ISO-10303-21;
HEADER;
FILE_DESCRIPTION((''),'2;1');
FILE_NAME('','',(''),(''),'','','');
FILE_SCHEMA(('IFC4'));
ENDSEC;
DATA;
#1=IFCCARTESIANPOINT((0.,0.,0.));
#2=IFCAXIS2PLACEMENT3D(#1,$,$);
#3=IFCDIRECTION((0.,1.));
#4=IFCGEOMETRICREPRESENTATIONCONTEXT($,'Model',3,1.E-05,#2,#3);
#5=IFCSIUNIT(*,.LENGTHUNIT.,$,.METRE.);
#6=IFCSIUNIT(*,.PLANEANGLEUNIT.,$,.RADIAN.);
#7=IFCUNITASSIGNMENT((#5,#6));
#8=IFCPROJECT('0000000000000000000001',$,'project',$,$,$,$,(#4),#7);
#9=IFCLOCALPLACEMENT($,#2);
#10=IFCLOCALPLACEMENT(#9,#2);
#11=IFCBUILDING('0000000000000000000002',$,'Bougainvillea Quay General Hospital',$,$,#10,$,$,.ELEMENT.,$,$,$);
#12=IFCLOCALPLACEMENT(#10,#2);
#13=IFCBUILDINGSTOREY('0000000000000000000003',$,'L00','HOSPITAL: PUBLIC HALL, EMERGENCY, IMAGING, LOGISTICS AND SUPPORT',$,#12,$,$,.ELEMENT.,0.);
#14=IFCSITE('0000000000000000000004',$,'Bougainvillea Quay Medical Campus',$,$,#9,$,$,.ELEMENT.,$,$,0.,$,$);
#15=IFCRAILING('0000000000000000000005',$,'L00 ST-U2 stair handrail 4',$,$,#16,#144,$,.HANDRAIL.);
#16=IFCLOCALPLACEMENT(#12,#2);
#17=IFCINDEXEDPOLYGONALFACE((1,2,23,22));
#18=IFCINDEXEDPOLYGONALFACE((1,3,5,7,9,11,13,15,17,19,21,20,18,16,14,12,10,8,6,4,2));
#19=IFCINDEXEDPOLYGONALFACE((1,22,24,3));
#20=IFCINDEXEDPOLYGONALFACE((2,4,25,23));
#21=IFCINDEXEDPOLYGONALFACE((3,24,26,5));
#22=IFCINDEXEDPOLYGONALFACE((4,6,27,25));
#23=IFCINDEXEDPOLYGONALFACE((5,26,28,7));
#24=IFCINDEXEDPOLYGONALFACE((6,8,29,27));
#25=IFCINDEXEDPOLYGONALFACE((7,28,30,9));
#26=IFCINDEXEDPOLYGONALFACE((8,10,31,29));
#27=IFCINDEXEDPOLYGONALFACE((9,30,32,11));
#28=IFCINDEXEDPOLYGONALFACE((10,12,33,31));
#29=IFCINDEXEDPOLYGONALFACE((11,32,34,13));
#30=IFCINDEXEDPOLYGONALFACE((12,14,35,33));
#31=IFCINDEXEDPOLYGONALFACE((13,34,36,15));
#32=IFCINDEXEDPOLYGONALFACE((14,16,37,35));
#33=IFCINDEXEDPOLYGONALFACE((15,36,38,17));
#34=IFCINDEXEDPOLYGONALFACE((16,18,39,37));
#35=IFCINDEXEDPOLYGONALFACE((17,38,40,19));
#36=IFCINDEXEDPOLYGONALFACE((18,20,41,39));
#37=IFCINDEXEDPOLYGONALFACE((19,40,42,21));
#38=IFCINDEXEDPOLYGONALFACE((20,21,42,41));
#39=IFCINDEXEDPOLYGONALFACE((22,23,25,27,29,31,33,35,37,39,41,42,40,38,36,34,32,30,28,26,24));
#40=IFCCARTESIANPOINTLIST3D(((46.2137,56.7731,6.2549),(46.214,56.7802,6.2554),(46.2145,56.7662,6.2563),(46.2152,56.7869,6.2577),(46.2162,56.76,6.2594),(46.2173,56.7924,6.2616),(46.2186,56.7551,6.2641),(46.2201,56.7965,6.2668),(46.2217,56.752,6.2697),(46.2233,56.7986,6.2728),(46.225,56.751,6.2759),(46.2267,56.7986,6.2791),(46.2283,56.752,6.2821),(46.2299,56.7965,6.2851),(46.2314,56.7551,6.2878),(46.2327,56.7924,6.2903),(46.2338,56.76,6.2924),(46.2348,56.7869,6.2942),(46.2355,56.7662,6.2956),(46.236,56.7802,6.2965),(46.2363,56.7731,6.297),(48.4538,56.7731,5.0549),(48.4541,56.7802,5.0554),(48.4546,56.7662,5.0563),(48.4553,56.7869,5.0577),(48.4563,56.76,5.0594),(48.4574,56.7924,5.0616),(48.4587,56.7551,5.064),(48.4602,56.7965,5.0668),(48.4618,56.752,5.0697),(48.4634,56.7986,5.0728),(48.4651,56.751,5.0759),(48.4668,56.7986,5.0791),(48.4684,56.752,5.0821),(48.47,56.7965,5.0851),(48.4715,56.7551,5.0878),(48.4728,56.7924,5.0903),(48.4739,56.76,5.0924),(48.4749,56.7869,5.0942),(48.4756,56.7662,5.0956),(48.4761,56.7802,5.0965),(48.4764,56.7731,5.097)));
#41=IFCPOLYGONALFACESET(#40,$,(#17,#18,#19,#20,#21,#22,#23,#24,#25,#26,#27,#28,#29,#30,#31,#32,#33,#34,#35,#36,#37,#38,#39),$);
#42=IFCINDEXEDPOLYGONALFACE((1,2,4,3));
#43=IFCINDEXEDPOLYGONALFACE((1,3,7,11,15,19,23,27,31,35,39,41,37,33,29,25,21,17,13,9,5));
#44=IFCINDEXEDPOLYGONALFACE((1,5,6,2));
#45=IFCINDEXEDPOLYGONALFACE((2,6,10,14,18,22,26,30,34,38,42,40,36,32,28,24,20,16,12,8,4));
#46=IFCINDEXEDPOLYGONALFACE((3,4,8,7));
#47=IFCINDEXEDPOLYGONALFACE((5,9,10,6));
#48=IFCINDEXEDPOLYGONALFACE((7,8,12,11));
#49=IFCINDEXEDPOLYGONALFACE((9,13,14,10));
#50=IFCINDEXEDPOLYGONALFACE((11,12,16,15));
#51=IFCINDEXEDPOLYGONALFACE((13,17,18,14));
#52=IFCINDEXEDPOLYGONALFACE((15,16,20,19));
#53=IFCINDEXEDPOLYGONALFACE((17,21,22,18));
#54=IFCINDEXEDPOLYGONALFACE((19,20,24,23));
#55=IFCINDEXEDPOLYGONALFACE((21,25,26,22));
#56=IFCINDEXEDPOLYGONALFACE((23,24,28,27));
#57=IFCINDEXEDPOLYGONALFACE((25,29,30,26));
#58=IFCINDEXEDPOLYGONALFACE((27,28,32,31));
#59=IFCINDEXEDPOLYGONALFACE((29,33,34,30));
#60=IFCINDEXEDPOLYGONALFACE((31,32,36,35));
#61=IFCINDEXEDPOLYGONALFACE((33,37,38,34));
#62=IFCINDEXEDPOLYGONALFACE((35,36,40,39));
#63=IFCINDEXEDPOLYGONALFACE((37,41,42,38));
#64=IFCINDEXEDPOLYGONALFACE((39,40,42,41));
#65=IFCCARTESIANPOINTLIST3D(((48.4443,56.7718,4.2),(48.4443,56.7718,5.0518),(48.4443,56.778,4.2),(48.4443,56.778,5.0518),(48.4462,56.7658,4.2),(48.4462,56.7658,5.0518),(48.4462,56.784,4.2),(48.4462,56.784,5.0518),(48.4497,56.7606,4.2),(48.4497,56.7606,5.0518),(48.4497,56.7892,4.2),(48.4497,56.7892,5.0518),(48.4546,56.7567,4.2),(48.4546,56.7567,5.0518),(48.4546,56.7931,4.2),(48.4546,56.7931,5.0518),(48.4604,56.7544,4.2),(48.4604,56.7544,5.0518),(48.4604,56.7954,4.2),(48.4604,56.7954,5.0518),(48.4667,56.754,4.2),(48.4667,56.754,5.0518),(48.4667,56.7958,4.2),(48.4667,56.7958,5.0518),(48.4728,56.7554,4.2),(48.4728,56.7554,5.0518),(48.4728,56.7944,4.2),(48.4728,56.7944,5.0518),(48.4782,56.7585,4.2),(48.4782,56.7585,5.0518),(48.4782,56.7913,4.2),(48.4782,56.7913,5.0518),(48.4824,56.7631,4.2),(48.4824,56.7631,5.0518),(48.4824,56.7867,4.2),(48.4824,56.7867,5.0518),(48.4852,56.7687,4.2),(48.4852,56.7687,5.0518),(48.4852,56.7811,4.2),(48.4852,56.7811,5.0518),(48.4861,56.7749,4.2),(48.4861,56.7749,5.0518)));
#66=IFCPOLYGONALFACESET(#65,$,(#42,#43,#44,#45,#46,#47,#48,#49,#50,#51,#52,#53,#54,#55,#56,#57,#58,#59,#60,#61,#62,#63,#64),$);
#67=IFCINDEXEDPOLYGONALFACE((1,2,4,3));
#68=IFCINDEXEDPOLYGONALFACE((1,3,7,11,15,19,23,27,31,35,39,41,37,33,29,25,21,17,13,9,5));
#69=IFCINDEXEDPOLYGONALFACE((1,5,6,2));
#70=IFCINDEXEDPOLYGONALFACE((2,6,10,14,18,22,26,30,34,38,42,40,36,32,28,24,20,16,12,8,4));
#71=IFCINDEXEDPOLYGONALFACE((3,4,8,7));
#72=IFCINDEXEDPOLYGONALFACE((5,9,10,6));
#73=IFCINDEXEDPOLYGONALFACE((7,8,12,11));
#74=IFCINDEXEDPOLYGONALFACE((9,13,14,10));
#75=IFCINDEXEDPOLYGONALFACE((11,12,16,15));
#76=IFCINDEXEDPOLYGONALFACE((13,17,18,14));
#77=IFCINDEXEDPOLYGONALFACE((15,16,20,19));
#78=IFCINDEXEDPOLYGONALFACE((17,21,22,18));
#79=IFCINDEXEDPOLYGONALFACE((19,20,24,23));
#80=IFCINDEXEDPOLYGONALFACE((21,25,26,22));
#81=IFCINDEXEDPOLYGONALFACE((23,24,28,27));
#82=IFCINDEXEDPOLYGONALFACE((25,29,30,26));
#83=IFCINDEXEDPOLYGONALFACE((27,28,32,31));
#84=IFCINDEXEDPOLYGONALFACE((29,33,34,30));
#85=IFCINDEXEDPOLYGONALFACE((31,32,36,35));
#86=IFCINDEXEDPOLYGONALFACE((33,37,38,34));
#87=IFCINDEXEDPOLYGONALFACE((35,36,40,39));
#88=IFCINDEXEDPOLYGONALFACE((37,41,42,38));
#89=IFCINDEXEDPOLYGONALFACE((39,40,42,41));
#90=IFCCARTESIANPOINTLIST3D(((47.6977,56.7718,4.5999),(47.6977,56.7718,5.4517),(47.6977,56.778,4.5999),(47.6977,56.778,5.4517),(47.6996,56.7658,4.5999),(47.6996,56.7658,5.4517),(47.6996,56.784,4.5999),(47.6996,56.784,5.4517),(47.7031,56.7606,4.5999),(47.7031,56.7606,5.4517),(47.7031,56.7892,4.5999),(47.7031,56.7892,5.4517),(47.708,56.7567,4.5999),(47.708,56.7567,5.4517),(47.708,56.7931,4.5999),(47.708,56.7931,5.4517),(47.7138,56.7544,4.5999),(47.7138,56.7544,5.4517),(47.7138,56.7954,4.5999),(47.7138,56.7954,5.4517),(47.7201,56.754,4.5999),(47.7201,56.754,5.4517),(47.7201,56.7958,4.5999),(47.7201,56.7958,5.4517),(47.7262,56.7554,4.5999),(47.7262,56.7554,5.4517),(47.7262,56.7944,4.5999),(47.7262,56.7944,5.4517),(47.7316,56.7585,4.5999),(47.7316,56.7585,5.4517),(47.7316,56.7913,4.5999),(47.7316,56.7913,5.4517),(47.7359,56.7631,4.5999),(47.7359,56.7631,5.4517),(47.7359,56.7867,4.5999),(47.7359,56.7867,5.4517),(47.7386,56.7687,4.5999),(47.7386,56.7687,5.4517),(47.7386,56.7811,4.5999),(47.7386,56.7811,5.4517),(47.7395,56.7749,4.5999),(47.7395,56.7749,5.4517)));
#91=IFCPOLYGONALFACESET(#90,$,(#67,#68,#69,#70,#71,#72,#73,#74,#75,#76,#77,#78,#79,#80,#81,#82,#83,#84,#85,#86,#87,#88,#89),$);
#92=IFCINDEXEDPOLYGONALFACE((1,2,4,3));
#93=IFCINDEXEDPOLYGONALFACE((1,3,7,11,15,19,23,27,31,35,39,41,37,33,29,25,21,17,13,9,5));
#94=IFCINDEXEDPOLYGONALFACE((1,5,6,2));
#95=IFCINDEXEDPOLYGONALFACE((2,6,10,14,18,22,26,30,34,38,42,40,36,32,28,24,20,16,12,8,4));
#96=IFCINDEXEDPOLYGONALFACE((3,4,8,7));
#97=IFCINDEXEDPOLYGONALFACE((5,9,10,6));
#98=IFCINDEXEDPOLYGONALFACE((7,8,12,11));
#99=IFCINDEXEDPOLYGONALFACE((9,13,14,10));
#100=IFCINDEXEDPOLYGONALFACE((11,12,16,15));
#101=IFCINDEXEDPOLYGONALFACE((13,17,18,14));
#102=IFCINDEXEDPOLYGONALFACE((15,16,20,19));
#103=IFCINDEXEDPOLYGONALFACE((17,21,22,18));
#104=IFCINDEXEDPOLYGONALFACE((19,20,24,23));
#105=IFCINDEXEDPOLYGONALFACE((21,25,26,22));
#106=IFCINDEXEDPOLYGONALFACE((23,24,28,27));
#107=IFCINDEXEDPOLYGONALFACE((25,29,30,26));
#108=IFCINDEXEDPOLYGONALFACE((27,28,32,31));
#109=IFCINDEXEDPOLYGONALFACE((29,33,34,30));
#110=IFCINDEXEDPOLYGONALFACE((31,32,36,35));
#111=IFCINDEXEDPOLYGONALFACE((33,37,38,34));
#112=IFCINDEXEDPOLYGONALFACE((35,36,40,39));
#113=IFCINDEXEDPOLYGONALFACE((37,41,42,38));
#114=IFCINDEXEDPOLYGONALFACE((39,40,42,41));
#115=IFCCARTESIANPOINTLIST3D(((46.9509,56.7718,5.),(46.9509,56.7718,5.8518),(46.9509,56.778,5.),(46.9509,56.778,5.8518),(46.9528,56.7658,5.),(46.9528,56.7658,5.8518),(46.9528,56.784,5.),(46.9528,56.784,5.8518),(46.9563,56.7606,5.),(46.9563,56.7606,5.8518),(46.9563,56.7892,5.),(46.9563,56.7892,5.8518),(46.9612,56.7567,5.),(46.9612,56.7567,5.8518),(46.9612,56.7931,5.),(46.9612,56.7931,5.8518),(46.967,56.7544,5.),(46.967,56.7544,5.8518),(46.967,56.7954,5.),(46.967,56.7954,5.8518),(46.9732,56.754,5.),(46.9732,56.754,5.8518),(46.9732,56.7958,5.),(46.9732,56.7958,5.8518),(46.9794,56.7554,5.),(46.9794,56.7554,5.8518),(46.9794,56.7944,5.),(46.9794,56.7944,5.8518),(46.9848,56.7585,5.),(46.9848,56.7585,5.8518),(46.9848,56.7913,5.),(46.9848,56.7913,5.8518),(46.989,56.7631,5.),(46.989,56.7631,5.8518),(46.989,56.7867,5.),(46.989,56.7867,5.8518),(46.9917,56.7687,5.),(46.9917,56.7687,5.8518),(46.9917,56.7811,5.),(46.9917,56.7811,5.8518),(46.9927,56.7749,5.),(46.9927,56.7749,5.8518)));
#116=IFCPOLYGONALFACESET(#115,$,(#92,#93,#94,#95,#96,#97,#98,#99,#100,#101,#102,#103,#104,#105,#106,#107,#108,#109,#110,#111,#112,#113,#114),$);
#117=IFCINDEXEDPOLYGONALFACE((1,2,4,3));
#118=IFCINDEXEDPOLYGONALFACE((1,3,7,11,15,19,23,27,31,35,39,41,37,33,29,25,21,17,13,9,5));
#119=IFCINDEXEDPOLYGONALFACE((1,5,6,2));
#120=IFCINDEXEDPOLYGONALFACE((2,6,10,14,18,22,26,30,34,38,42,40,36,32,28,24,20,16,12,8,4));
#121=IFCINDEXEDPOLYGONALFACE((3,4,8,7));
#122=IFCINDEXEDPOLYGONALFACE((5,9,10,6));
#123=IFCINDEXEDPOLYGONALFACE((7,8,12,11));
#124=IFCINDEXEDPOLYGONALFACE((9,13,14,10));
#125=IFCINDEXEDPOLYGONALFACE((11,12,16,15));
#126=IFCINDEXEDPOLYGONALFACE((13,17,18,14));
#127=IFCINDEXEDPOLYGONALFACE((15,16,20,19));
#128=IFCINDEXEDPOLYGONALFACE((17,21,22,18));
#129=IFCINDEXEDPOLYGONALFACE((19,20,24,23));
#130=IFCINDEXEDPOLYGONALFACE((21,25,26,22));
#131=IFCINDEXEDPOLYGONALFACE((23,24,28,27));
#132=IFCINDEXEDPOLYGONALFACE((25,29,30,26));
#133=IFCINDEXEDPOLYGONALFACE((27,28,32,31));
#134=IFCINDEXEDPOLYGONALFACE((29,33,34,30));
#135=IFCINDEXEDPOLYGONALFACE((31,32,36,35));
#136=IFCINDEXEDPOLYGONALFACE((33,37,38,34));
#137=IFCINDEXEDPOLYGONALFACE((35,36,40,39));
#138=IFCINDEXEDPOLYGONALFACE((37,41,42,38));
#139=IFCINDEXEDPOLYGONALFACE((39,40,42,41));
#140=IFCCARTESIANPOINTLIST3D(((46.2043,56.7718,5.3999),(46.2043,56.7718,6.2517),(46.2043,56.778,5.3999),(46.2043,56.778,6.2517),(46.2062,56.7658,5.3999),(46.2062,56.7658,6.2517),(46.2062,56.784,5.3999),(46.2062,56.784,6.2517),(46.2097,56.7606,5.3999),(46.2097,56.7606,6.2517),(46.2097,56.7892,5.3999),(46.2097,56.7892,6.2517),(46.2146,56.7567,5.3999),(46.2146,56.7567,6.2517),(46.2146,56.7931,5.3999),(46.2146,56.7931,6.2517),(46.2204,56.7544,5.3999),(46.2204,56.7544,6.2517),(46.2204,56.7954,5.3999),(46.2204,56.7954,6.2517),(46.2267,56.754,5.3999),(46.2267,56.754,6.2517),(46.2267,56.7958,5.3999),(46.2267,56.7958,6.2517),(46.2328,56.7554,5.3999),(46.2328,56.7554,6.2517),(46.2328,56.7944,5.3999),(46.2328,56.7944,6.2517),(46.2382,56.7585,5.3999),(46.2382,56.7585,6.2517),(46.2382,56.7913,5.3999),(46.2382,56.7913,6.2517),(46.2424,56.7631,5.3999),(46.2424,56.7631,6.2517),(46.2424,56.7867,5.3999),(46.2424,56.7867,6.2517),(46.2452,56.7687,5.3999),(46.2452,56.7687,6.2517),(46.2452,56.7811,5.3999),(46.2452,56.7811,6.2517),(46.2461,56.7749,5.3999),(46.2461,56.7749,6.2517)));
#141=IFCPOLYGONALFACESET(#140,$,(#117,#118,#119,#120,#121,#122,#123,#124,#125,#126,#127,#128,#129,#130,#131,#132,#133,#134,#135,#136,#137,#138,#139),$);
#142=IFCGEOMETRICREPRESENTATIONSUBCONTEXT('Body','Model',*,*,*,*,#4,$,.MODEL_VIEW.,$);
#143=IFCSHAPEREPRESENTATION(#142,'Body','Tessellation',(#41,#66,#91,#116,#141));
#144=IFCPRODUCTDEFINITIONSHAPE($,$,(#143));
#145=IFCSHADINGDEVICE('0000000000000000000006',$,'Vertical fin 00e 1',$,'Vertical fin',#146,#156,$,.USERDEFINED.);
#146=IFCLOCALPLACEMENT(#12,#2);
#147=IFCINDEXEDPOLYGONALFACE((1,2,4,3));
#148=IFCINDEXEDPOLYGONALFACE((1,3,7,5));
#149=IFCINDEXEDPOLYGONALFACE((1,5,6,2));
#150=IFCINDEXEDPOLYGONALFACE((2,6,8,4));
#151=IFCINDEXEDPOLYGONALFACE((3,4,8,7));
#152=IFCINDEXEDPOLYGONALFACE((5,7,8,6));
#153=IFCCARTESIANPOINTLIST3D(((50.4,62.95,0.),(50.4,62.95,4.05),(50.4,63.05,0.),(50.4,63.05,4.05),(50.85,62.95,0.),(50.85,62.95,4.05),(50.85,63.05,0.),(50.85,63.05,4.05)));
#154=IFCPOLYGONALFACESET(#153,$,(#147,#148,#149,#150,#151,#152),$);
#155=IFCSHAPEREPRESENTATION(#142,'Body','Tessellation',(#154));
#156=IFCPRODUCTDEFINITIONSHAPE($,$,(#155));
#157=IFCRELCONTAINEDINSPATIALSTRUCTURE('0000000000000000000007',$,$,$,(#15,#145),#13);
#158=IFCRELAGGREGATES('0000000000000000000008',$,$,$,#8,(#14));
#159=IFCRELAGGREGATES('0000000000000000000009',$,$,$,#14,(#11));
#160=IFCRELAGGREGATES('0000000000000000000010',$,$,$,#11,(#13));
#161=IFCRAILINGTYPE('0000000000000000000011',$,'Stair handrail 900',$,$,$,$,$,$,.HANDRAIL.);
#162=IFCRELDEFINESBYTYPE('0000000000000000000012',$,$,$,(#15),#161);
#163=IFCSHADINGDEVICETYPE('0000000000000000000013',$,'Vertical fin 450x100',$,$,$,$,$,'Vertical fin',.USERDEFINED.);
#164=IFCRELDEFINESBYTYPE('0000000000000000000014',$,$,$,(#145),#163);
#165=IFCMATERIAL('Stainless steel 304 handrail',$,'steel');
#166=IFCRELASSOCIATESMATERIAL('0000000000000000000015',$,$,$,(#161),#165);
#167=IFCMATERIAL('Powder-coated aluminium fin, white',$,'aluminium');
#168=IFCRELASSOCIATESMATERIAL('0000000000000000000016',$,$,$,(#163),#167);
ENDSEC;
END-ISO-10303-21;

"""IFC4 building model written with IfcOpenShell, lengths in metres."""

from ifc_helpers import new_model, si_unit, direction, frame, origin, origin_2d, place, context, subcontext, project, spatial, rectangle, circle, extrude, material, material_profile, profile_set, type_object, element, save


model = new_model("IFC4")

# Units and contexts
model_context = context("Model", 3, precision=1e-05, world=origin(), true_north=direction((0.0, 1.0)))
body_context = subcontext(model_context, "Body", "Model", "MODEL_VIEW")
ifc_project = project(units=[si_unit("LENGTHUNIT", "METRE"), si_unit("PLANEANGLEUNIT", "RADIAN")], contexts=[model_context])

# Site, building, storey
site_placement = place(None, origin())
site = spatial("IfcSite", under=ifc_project, at=site_placement, Name="Bougainvillea Quay Medical Campus", CompositionType="ELEMENT", RefElevation=0.0)
building_placement = place(site_placement, origin())
building = spatial("IfcBuilding", under=site, at=building_placement, Name="Bougainvillea Quay General Hospital", CompositionType="ELEMENT")
storey_placement = place(building_placement, origin())
storey = spatial("IfcBuildingStorey", under=building, at=storey_placement, Name="L00", Description="HOSPITAL: PUBLIC HALL, EMERGENCY, IMAGING, LOGISTICS AND SUPPORT", CompositionType="ELEMENT", Elevation=0.0)

# Railing
ifc_material_1 = material(Name="Stainless steel 304 handrail", Category="steel")
railing_type_1 = type_object("IfcRailingType", Name="Stair handrail 900", PredefinedType="HANDRAIL", material=ifc_material_1)
for number, where, name in (
    (1, (48.4651, 56.7749, 4.2), "L00 ST-U2 stair handrail 4"),
):
    element("IfcRailing", number, at=place(storey_placement, frame(where)), inside=storey, type_object=railing_type_1, Name=name, PredefinedType="HANDRAIL", context=body_context, shape_type="SweptSolid", body=[
        extrude(circle(Radius=0.0239, at=origin_2d()), frame((0.0, 0.0, 0.876), z_axis=(-0.881487, 0.0, 0.472208), x_axis=(0.0, -1.0, 0.0)), (0.0, 0.0, 1.0), 2.5413),
        extrude(circle(Radius=0.021, at=origin_2d()), origin(), (0.0, 0.0, 1.0), 0.8518),
        extrude(circle(Radius=0.021, at=origin_2d()), frame((-0.7466, 0.0, 0.3999)), (0.0, 0.0, 1.0), 0.8518),
        extrude(circle(Radius=0.021, at=origin_2d()), frame((-1.4934, 0.0, 0.8)), (0.0, 0.0, 1.0), 0.8518),
        extrude(circle(Radius=0.021, at=origin_2d()), frame((-2.24, 0.0, 1.2)), (0.0, 0.0, 1.0), 0.8518),
    ])

# Shading device
ifc_material_2 = material(Name="Powder-coated aluminium fin, white", Category="aluminium")
ifc_material_profile_1 = material_profile(ifc_material_2, rectangle(XDim=0.45, YDim=0.1001, at=origin_2d()))
ifc_profile_set_1 = profile_set([ifc_material_profile_1], Name="Powder-coated aluminium fin, white")
shading_device_type = type_object("IfcShadingDeviceType", Name="Vertical fin 450x100", ElementType="Vertical fin", PredefinedType="USERDEFINED", material=ifc_profile_set_1)
shading_device_placement = place(storey_placement, frame((50.625, 63.0, 0.0), z_axis=(0.0, 0.0, 1.0), x_axis=(1.0, 0.0, 0.0)))
element("IfcShadingDevice", 2, at=shading_device_placement, inside=storey, type_object=shading_device_type, Name="Vertical fin 00e 1", ObjectType="Vertical fin", PredefinedType="USERDEFINED", context=body_context, shape_type="SweptSolid", body=[
    extrude(rectangle(XDim=0.45, YDim=0.1001, at=origin_2d()), origin(), (0.0, 0.0, 1.0), 4.05),
])

save(model, "model.ifc")
